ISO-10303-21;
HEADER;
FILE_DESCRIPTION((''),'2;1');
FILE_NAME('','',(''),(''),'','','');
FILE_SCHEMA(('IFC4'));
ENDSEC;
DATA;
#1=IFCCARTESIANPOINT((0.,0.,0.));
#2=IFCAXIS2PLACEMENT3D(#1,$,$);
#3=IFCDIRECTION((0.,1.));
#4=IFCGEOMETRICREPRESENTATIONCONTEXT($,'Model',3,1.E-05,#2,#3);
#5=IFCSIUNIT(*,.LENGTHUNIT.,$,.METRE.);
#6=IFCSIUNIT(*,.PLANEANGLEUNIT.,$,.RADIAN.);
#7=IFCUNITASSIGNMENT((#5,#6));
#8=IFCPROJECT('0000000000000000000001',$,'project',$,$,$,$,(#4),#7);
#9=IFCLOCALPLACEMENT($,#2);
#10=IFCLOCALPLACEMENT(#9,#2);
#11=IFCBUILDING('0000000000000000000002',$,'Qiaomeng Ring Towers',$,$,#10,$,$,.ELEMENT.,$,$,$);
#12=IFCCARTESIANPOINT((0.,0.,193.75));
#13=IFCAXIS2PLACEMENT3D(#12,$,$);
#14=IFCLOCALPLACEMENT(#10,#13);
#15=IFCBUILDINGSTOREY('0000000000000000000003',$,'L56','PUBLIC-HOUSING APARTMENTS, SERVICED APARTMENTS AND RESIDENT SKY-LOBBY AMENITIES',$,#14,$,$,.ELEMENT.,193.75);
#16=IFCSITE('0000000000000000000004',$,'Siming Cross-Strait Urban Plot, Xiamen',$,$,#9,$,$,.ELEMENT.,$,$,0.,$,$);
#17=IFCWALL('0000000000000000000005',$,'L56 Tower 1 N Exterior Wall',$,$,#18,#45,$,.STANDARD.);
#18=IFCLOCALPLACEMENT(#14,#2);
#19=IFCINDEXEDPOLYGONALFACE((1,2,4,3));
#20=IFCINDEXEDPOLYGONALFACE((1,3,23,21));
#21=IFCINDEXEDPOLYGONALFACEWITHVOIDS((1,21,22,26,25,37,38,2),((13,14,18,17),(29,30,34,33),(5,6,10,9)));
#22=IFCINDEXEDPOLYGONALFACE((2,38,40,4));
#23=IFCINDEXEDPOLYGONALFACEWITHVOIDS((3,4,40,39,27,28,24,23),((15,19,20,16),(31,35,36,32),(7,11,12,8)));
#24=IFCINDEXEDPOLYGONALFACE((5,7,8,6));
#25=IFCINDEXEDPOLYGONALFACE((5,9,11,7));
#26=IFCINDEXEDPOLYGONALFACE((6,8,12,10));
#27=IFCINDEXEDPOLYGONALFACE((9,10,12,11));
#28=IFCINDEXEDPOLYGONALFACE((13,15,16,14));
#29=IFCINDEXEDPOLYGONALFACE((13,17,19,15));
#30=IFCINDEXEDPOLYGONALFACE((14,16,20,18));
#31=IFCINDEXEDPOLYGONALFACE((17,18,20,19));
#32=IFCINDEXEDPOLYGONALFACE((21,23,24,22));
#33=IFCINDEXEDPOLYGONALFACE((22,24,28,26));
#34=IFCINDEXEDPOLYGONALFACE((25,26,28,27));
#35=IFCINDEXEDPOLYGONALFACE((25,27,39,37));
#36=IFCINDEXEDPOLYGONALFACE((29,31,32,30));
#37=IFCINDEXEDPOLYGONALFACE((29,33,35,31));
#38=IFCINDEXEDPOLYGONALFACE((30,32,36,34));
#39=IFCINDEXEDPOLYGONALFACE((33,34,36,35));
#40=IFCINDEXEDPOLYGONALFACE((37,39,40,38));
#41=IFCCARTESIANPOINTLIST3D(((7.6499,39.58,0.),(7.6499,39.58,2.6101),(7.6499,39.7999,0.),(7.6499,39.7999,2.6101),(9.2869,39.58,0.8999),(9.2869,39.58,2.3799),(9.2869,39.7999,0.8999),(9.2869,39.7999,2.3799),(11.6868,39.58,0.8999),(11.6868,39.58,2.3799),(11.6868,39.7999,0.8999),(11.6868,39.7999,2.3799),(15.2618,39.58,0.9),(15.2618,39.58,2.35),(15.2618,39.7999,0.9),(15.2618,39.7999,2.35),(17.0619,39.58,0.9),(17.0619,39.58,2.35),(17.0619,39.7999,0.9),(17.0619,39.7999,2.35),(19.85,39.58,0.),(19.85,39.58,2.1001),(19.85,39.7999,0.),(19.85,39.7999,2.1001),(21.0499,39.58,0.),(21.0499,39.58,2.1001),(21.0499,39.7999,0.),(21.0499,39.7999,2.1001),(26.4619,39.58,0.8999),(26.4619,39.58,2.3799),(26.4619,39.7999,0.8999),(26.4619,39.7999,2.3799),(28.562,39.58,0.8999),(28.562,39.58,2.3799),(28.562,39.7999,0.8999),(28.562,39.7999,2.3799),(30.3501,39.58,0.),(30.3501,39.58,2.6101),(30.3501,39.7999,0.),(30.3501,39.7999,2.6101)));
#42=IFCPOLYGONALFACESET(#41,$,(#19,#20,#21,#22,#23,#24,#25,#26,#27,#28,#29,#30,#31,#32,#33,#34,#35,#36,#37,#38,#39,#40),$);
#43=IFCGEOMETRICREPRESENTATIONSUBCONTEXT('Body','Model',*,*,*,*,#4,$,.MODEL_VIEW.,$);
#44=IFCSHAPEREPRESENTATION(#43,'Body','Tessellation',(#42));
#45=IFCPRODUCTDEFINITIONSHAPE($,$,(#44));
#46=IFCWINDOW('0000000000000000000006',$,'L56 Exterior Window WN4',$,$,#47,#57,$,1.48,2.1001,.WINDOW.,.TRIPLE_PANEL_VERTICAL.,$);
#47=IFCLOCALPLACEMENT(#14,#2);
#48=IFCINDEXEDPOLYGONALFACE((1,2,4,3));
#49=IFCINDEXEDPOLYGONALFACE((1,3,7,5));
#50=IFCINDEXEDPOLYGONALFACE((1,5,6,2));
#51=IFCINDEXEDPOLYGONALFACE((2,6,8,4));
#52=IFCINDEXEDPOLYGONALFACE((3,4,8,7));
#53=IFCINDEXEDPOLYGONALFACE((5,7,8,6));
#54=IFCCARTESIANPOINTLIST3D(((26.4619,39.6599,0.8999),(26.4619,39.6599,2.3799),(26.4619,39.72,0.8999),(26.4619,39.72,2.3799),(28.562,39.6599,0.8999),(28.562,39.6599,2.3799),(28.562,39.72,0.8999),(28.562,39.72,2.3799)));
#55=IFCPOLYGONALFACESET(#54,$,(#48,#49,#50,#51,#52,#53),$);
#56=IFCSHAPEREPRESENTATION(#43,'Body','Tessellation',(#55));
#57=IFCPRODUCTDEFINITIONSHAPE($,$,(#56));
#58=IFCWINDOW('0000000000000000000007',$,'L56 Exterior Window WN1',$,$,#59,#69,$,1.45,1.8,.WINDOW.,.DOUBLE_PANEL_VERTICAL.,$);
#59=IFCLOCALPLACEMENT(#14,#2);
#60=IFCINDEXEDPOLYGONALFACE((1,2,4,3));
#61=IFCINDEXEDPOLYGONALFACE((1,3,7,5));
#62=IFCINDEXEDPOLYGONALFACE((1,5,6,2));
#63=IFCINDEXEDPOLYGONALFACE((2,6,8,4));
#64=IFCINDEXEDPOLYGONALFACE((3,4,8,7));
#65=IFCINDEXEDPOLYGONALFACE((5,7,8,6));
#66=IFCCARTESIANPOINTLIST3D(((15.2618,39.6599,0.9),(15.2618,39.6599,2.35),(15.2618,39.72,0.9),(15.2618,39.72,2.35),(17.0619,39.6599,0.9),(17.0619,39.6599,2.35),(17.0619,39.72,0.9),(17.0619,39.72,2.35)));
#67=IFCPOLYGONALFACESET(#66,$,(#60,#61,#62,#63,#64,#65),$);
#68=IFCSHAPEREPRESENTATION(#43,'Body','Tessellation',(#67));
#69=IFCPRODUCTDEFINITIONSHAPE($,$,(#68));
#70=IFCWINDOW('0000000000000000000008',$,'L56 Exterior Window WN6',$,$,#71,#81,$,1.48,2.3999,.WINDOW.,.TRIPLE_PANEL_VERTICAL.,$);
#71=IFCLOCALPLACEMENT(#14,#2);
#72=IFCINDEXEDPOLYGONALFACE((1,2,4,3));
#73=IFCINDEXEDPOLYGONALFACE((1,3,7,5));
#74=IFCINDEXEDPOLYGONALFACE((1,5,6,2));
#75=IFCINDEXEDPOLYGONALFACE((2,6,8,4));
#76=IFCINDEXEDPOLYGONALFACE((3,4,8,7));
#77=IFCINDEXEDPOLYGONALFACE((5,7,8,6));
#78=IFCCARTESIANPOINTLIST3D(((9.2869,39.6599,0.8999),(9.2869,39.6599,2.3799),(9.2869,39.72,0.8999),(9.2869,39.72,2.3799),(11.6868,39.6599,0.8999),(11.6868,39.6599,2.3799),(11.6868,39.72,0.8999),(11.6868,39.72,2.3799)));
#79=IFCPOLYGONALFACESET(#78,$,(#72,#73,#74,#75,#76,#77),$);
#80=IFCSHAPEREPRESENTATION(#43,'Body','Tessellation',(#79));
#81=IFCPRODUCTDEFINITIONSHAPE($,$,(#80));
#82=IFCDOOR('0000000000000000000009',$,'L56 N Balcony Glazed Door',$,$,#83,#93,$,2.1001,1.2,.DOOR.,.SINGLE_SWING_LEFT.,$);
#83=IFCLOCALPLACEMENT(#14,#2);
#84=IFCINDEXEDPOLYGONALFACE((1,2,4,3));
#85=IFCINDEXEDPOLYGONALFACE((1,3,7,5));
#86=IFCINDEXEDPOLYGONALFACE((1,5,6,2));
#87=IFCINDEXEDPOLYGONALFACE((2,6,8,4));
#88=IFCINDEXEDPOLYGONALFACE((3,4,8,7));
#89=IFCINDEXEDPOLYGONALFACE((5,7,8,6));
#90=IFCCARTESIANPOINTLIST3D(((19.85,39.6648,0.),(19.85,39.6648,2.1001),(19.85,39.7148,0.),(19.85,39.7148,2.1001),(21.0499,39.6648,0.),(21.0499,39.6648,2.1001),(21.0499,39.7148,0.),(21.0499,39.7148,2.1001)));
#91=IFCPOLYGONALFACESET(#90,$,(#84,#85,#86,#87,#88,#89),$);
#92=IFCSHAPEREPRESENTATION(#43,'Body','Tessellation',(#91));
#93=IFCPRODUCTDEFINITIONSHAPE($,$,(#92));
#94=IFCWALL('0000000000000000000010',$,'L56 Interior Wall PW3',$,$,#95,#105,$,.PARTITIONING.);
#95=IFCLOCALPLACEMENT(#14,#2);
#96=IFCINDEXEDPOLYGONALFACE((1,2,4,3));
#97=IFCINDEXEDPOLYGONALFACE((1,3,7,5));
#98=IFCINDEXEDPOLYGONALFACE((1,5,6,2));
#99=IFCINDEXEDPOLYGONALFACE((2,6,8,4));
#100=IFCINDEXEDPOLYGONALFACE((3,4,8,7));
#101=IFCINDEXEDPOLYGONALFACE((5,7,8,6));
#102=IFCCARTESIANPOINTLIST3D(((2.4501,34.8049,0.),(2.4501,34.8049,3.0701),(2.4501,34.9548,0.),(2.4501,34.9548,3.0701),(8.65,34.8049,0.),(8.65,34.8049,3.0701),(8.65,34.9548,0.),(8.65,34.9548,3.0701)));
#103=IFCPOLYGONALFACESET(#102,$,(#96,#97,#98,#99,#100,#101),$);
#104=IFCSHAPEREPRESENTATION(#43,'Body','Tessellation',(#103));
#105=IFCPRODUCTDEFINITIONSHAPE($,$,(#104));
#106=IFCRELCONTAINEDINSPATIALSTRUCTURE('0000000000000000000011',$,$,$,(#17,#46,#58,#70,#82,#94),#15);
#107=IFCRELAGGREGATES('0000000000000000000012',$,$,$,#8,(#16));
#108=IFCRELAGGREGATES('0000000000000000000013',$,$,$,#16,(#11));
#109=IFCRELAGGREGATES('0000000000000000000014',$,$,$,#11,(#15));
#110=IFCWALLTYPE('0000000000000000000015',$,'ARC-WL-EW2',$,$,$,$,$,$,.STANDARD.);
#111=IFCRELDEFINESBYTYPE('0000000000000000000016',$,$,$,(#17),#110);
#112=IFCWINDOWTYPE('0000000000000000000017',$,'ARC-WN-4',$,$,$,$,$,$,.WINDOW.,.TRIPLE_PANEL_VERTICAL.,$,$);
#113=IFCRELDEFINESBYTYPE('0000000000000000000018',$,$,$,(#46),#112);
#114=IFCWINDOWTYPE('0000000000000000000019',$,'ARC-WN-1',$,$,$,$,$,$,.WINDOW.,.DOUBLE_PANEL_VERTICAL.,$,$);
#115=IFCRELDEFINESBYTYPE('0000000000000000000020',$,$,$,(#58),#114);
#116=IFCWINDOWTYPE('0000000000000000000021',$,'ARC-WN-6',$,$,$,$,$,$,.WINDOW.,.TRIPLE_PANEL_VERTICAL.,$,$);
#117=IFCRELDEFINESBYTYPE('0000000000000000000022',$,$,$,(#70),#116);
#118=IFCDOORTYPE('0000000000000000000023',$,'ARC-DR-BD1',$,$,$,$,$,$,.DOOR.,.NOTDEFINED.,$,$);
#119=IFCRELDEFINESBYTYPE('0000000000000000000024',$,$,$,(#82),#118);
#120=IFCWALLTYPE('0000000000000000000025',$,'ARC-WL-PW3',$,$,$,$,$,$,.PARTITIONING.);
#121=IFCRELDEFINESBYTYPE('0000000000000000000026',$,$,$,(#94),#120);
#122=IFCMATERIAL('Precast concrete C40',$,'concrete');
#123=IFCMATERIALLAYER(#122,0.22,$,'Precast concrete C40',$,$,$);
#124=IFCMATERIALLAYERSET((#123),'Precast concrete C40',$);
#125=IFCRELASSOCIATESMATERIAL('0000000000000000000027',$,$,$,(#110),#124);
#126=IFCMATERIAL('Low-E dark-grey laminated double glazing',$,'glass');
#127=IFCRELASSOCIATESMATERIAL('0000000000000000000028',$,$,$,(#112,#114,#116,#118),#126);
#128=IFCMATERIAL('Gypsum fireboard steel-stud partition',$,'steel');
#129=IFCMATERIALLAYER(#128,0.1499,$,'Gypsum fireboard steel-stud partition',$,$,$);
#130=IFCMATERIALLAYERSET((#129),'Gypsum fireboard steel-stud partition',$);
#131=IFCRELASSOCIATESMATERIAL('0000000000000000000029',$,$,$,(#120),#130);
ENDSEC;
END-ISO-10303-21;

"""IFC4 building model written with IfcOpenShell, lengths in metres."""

from ifc_helpers import new_model, si_unit, direction, frame, frame_2d, origin, place, context, subcontext, project, spatial, rectangle, extrude, source, transform, mapped, material, layer, layer_set, type_object, element, fill, save


model = new_model("IFC4")

# Units and contexts
model_context = context("Model", 3, precision=1e-05, world=origin(), true_north=direction((0.0, 1.0)))
body_context = subcontext(model_context, "Body", "Model", "MODEL_VIEW")
ifc_project = project(units=[si_unit("LENGTHUNIT", "METRE"), si_unit("PLANEANGLEUNIT", "RADIAN")], contexts=[model_context])

# Site, building, storey
site_placement = place(None, origin())
site = spatial("IfcSite", under=ifc_project, at=site_placement, Name="Siming Cross-Strait Urban Plot, Xiamen", CompositionType="ELEMENT", RefElevation=0.0)
building_placement = place(site_placement, origin())
building = spatial("IfcBuilding", under=site, at=building_placement, Name="Qiaomeng Ring Towers", CompositionType="ELEMENT")
storey_placement = place(building_placement, frame((0.0, 0.0, 193.75)))
storey = spatial("IfcBuildingStorey", under=building, at=storey_placement, Name="L56", Description="PUBLIC-HOUSING APARTMENTS, SERVICED APARTMENTS AND RESIDENT SKY-LOBBY AMENITIES", CompositionType="ELEMENT", Elevation=193.75)

# Shared definitions
ifc_material_1 = material(Name="Low-E dark-grey laminated double glazing", Category="glass")

# Wall, openings, windows, door
ifc_material_2 = material(Name="Precast concrete C40", Category="concrete")
ifc_layer_1 = layer(ifc_material_2, 0.22, Name="Precast concrete C40")
ifc_layer_set_1 = layer_set([ifc_layer_1], Name="Precast concrete C40")
wall_type_1 = type_object("IfcWallType", Name="ARC-WL-EW2", PredefinedType="STANDARD", material=ifc_layer_set_1)
wall_1_placement = place(storey_placement, frame((7.6499, 39.6899, 0.0), z_axis=(0.0, 0.0, 1.0), x_axis=(1.0, 0.0, 0.0)))
wall_1 = element("IfcWall", 1, at=wall_1_placement, inside=storey, type_object=wall_type_1, Name="L56 Tower 1 N Exterior Wall", PredefinedType="STANDARD", context=body_context, shape_type="SweptSolid", body=[
    extrude(rectangle(XDim=22.7002, YDim=0.22, at=frame_2d((11.3501, 0.0))), origin(), (0.0, 0.0, 1.0), 2.6101),
])
opening_1_placement = place(wall_1_placement, frame((12.2, 0.0, 0.0)))
opening_1 = element("IfcOpeningElement", 2, at=opening_1_placement, cuts=wall_1, PredefinedType="OPENING", context=body_context, shape_type="SweptSolid", body=[
    extrude(rectangle(XDim=1.2, YDim=2.1001, at=frame_2d((0.6001, 1.05))), frame((0.0, 0.1199, 0.0), z_axis=(0.0, -1.0, 0.0), x_axis=(1.0, 0.0, 0.0)), (0.0, 0.0, 1.0), 0.24),
])
opening_2_placement = place(wall_1_placement, frame((1.637, 0.0, 0.8999)))
opening_2 = element("IfcOpeningElement", 3, at=opening_2_placement, cuts=wall_1, PredefinedType="OPENING", context=body_context, shape_type="SweptSolid", body=[
    extrude(rectangle(XDim=2.3999, YDim=1.48, at=frame_2d((1.2, 0.74))), frame((0.0, 0.1199, 0.0), z_axis=(0.0, -1.0, 0.0), x_axis=(1.0, 0.0, 0.0)), (0.0, 0.0, 1.0), 0.24),
])
opening_3_placement = place(wall_1_placement, frame((7.6121, 0.0, 0.8999)))
opening_3 = element("IfcOpeningElement", 4, at=opening_3_placement, cuts=wall_1, PredefinedType="OPENING", context=body_context, shape_type="SweptSolid", body=[
    extrude(rectangle(XDim=1.8, YDim=1.45, at=frame_2d((0.8999, 0.7251))), frame((0.0, 0.1199, 0.0), z_axis=(0.0, -1.0, 0.0), x_axis=(1.0, 0.0, 0.0)), (0.0, 0.0, 1.0), 0.24),
])
opening_4_placement = place(wall_1_placement, frame((18.812, 0.0, 0.8999)))
opening_4 = element("IfcOpeningElement", 5, at=opening_4_placement, cuts=wall_1, PredefinedType="OPENING", context=body_context, shape_type="SweptSolid", body=[
    extrude(rectangle(XDim=2.1001, YDim=1.48, at=frame_2d((1.05, 0.74))), frame((0.0, 0.1199, 0.0), z_axis=(0.0, -1.0, 0.0), x_axis=(1.0, 0.0, 0.0)), (0.0, 0.0, 1.0), 0.24),
])
window_type_1 = type_object("IfcWindowType", Name="ARC-WN-4", PartitioningType="TRIPLE_PANEL_VERTICAL", PredefinedType="WINDOW", material=ifc_material_1)
shared_shape_1 = source(origin(), body_context, "Body", "SweptSolid", [
    extrude(rectangle(XDim=2.1001, YDim=1.48, at=frame_2d((1.05, 0.74))), frame((0.0, 0.03, 0.0), z_axis=(0.0, -1.0, 0.0), x_axis=(1.0, 0.0, 0.0)), (0.0, 0.0, 1.0), 0.0601),
])
window_1_placement = place(opening_4_placement, origin())
window_1 = element("IfcWindow", 6, at=window_1_placement, inside=storey, type_object=window_type_1, Name="L56 Exterior Window WN4", OverallHeight=1.48, OverallWidth=2.1001, PartitioningType="TRIPLE_PANEL_VERTICAL", PredefinedType="WINDOW", context=body_context, shape_type="MappedRepresentation", body=[
    mapped(shared_shape_1, transform((0.0, 0.0, 0.0), x_axis=(1.0, 0.0, 0.0), y_axis=(0.0, 1.0, 0.0), z_axis=(0.0, 0.0, 1.0), scale=1.0)),
])
fill(opening_4, window_1)
window_type_2 = type_object("IfcWindowType", Name="ARC-WN-1", PartitioningType="DOUBLE_PANEL_VERTICAL", PredefinedType="WINDOW", material=ifc_material_1)
shared_shape_2 = source(origin(), body_context, "Body", "SweptSolid", [
    extrude(rectangle(XDim=1.8, YDim=1.45, at=frame_2d((0.8999, 0.7251))), frame((0.0, 0.03, 0.0), z_axis=(0.0, -1.0, 0.0), x_axis=(1.0, 0.0, 0.0)), (0.0, 0.0, 1.0), 0.0601),
])
window_2_placement = place(opening_3_placement, origin())
window_2 = element("IfcWindow", 7, at=window_2_placement, inside=storey, type_object=window_type_2, Name="L56 Exterior Window WN1", OverallHeight=1.45, OverallWidth=1.8, PartitioningType="DOUBLE_PANEL_VERTICAL", PredefinedType="WINDOW", context=body_context, shape_type="MappedRepresentation", body=[
    mapped(shared_shape_2, transform((0.0, 0.0, 0.0), x_axis=(1.0, 0.0, 0.0), y_axis=(0.0, 1.0, 0.0), z_axis=(0.0, 0.0, 1.0), scale=1.0)),
])
fill(opening_3, window_2)
window_type_3 = type_object("IfcWindowType", Name="ARC-WN-6", PartitioningType="TRIPLE_PANEL_VERTICAL", PredefinedType="WINDOW", material=ifc_material_1)
shared_shape_3 = source(origin(), body_context, "Body", "SweptSolid", [
    extrude(rectangle(XDim=2.3999, YDim=1.48, at=frame_2d((1.2, 0.74))), frame((0.0, 0.03, 0.0), z_axis=(0.0, -1.0, 0.0), x_axis=(1.0, 0.0, 0.0)), (0.0, 0.0, 1.0), 0.0601),
])
window_3_placement = place(opening_2_placement, origin())
window_3 = element("IfcWindow", 8, at=window_3_placement, inside=storey, type_object=window_type_3, Name="L56 Exterior Window WN6", OverallHeight=1.48, OverallWidth=2.3999, PartitioningType="TRIPLE_PANEL_VERTICAL", PredefinedType="WINDOW", context=body_context, shape_type="MappedRepresentation", body=[
    mapped(shared_shape_3, transform((0.0, 0.0, 0.0), x_axis=(1.0, 0.0, 0.0), y_axis=(0.0, 1.0, 0.0), z_axis=(0.0, 0.0, 1.0), scale=1.0)),
])
fill(opening_2, window_3)
door_type_1 = type_object("IfcDoorType", Name="ARC-DR-BD1", OperationType="NOTDEFINED", PredefinedType="DOOR", material=ifc_material_1)
shared_shape_4 = source(origin(), body_context, "Body", "SweptSolid", [
    extrude(rectangle(XDim=1.2, YDim=2.1001, at=frame_2d((0.6001, 1.05))), frame((0.0, 0.0249, 0.0), z_axis=(0.0, -1.0, 0.0), x_axis=(1.0, 0.0, 0.0)), (0.0, 0.0, 1.0), 0.05),
])
door_1_placement = place(opening_1_placement, origin())
door_1 = element("IfcDoor", 9, at=door_1_placement, inside=storey, type_object=door_type_1, Name="L56 N Balcony Glazed Door", OperationType="SINGLE_SWING_LEFT", OverallHeight=2.1001, OverallWidth=1.2, PredefinedType="DOOR", context=body_context, shape_type="MappedRepresentation", body=[
    mapped(shared_shape_4, transform((0.0, 0.0, 0.0), x_axis=(1.0, 0.0, 0.0), y_axis=(0.0, 1.0, 0.0), z_axis=(0.0, 0.0, 1.0), scale=1.0)),
])
fill(opening_1, door_1)

# Wall
ifc_material_3 = material(Name="Gypsum fireboard steel-stud partition", Category="steel")
ifc_layer_2 = layer(ifc_material_3, 0.1499, Name="Gypsum fireboard steel-stud partition")
ifc_layer_set_2 = layer_set([ifc_layer_2], Name="Gypsum fireboard steel-stud partition")
wall_type_2 = type_object("IfcWallType", Name="ARC-WL-PW3", PredefinedType="PARTITIONING", material=ifc_layer_set_2)
wall_2_placement = place(storey_placement, frame((2.45, 34.8799, 0.0), z_axis=(0.0, 0.0, 1.0), x_axis=(1.0, 0.0, 0.0)))
element("IfcWall", 10, at=wall_2_placement, inside=storey, type_object=wall_type_2, Name="L56 Interior Wall PW3", PredefinedType="PARTITIONING", context=body_context, shape_type="SweptSolid", body=[
    extrude(rectangle(XDim=6.2, YDim=0.1499, at=frame_2d((3.1001, 0.0))), origin(), (0.0, 0.0, 1.0), 3.0701),
])

save(model, "model.ifc")
